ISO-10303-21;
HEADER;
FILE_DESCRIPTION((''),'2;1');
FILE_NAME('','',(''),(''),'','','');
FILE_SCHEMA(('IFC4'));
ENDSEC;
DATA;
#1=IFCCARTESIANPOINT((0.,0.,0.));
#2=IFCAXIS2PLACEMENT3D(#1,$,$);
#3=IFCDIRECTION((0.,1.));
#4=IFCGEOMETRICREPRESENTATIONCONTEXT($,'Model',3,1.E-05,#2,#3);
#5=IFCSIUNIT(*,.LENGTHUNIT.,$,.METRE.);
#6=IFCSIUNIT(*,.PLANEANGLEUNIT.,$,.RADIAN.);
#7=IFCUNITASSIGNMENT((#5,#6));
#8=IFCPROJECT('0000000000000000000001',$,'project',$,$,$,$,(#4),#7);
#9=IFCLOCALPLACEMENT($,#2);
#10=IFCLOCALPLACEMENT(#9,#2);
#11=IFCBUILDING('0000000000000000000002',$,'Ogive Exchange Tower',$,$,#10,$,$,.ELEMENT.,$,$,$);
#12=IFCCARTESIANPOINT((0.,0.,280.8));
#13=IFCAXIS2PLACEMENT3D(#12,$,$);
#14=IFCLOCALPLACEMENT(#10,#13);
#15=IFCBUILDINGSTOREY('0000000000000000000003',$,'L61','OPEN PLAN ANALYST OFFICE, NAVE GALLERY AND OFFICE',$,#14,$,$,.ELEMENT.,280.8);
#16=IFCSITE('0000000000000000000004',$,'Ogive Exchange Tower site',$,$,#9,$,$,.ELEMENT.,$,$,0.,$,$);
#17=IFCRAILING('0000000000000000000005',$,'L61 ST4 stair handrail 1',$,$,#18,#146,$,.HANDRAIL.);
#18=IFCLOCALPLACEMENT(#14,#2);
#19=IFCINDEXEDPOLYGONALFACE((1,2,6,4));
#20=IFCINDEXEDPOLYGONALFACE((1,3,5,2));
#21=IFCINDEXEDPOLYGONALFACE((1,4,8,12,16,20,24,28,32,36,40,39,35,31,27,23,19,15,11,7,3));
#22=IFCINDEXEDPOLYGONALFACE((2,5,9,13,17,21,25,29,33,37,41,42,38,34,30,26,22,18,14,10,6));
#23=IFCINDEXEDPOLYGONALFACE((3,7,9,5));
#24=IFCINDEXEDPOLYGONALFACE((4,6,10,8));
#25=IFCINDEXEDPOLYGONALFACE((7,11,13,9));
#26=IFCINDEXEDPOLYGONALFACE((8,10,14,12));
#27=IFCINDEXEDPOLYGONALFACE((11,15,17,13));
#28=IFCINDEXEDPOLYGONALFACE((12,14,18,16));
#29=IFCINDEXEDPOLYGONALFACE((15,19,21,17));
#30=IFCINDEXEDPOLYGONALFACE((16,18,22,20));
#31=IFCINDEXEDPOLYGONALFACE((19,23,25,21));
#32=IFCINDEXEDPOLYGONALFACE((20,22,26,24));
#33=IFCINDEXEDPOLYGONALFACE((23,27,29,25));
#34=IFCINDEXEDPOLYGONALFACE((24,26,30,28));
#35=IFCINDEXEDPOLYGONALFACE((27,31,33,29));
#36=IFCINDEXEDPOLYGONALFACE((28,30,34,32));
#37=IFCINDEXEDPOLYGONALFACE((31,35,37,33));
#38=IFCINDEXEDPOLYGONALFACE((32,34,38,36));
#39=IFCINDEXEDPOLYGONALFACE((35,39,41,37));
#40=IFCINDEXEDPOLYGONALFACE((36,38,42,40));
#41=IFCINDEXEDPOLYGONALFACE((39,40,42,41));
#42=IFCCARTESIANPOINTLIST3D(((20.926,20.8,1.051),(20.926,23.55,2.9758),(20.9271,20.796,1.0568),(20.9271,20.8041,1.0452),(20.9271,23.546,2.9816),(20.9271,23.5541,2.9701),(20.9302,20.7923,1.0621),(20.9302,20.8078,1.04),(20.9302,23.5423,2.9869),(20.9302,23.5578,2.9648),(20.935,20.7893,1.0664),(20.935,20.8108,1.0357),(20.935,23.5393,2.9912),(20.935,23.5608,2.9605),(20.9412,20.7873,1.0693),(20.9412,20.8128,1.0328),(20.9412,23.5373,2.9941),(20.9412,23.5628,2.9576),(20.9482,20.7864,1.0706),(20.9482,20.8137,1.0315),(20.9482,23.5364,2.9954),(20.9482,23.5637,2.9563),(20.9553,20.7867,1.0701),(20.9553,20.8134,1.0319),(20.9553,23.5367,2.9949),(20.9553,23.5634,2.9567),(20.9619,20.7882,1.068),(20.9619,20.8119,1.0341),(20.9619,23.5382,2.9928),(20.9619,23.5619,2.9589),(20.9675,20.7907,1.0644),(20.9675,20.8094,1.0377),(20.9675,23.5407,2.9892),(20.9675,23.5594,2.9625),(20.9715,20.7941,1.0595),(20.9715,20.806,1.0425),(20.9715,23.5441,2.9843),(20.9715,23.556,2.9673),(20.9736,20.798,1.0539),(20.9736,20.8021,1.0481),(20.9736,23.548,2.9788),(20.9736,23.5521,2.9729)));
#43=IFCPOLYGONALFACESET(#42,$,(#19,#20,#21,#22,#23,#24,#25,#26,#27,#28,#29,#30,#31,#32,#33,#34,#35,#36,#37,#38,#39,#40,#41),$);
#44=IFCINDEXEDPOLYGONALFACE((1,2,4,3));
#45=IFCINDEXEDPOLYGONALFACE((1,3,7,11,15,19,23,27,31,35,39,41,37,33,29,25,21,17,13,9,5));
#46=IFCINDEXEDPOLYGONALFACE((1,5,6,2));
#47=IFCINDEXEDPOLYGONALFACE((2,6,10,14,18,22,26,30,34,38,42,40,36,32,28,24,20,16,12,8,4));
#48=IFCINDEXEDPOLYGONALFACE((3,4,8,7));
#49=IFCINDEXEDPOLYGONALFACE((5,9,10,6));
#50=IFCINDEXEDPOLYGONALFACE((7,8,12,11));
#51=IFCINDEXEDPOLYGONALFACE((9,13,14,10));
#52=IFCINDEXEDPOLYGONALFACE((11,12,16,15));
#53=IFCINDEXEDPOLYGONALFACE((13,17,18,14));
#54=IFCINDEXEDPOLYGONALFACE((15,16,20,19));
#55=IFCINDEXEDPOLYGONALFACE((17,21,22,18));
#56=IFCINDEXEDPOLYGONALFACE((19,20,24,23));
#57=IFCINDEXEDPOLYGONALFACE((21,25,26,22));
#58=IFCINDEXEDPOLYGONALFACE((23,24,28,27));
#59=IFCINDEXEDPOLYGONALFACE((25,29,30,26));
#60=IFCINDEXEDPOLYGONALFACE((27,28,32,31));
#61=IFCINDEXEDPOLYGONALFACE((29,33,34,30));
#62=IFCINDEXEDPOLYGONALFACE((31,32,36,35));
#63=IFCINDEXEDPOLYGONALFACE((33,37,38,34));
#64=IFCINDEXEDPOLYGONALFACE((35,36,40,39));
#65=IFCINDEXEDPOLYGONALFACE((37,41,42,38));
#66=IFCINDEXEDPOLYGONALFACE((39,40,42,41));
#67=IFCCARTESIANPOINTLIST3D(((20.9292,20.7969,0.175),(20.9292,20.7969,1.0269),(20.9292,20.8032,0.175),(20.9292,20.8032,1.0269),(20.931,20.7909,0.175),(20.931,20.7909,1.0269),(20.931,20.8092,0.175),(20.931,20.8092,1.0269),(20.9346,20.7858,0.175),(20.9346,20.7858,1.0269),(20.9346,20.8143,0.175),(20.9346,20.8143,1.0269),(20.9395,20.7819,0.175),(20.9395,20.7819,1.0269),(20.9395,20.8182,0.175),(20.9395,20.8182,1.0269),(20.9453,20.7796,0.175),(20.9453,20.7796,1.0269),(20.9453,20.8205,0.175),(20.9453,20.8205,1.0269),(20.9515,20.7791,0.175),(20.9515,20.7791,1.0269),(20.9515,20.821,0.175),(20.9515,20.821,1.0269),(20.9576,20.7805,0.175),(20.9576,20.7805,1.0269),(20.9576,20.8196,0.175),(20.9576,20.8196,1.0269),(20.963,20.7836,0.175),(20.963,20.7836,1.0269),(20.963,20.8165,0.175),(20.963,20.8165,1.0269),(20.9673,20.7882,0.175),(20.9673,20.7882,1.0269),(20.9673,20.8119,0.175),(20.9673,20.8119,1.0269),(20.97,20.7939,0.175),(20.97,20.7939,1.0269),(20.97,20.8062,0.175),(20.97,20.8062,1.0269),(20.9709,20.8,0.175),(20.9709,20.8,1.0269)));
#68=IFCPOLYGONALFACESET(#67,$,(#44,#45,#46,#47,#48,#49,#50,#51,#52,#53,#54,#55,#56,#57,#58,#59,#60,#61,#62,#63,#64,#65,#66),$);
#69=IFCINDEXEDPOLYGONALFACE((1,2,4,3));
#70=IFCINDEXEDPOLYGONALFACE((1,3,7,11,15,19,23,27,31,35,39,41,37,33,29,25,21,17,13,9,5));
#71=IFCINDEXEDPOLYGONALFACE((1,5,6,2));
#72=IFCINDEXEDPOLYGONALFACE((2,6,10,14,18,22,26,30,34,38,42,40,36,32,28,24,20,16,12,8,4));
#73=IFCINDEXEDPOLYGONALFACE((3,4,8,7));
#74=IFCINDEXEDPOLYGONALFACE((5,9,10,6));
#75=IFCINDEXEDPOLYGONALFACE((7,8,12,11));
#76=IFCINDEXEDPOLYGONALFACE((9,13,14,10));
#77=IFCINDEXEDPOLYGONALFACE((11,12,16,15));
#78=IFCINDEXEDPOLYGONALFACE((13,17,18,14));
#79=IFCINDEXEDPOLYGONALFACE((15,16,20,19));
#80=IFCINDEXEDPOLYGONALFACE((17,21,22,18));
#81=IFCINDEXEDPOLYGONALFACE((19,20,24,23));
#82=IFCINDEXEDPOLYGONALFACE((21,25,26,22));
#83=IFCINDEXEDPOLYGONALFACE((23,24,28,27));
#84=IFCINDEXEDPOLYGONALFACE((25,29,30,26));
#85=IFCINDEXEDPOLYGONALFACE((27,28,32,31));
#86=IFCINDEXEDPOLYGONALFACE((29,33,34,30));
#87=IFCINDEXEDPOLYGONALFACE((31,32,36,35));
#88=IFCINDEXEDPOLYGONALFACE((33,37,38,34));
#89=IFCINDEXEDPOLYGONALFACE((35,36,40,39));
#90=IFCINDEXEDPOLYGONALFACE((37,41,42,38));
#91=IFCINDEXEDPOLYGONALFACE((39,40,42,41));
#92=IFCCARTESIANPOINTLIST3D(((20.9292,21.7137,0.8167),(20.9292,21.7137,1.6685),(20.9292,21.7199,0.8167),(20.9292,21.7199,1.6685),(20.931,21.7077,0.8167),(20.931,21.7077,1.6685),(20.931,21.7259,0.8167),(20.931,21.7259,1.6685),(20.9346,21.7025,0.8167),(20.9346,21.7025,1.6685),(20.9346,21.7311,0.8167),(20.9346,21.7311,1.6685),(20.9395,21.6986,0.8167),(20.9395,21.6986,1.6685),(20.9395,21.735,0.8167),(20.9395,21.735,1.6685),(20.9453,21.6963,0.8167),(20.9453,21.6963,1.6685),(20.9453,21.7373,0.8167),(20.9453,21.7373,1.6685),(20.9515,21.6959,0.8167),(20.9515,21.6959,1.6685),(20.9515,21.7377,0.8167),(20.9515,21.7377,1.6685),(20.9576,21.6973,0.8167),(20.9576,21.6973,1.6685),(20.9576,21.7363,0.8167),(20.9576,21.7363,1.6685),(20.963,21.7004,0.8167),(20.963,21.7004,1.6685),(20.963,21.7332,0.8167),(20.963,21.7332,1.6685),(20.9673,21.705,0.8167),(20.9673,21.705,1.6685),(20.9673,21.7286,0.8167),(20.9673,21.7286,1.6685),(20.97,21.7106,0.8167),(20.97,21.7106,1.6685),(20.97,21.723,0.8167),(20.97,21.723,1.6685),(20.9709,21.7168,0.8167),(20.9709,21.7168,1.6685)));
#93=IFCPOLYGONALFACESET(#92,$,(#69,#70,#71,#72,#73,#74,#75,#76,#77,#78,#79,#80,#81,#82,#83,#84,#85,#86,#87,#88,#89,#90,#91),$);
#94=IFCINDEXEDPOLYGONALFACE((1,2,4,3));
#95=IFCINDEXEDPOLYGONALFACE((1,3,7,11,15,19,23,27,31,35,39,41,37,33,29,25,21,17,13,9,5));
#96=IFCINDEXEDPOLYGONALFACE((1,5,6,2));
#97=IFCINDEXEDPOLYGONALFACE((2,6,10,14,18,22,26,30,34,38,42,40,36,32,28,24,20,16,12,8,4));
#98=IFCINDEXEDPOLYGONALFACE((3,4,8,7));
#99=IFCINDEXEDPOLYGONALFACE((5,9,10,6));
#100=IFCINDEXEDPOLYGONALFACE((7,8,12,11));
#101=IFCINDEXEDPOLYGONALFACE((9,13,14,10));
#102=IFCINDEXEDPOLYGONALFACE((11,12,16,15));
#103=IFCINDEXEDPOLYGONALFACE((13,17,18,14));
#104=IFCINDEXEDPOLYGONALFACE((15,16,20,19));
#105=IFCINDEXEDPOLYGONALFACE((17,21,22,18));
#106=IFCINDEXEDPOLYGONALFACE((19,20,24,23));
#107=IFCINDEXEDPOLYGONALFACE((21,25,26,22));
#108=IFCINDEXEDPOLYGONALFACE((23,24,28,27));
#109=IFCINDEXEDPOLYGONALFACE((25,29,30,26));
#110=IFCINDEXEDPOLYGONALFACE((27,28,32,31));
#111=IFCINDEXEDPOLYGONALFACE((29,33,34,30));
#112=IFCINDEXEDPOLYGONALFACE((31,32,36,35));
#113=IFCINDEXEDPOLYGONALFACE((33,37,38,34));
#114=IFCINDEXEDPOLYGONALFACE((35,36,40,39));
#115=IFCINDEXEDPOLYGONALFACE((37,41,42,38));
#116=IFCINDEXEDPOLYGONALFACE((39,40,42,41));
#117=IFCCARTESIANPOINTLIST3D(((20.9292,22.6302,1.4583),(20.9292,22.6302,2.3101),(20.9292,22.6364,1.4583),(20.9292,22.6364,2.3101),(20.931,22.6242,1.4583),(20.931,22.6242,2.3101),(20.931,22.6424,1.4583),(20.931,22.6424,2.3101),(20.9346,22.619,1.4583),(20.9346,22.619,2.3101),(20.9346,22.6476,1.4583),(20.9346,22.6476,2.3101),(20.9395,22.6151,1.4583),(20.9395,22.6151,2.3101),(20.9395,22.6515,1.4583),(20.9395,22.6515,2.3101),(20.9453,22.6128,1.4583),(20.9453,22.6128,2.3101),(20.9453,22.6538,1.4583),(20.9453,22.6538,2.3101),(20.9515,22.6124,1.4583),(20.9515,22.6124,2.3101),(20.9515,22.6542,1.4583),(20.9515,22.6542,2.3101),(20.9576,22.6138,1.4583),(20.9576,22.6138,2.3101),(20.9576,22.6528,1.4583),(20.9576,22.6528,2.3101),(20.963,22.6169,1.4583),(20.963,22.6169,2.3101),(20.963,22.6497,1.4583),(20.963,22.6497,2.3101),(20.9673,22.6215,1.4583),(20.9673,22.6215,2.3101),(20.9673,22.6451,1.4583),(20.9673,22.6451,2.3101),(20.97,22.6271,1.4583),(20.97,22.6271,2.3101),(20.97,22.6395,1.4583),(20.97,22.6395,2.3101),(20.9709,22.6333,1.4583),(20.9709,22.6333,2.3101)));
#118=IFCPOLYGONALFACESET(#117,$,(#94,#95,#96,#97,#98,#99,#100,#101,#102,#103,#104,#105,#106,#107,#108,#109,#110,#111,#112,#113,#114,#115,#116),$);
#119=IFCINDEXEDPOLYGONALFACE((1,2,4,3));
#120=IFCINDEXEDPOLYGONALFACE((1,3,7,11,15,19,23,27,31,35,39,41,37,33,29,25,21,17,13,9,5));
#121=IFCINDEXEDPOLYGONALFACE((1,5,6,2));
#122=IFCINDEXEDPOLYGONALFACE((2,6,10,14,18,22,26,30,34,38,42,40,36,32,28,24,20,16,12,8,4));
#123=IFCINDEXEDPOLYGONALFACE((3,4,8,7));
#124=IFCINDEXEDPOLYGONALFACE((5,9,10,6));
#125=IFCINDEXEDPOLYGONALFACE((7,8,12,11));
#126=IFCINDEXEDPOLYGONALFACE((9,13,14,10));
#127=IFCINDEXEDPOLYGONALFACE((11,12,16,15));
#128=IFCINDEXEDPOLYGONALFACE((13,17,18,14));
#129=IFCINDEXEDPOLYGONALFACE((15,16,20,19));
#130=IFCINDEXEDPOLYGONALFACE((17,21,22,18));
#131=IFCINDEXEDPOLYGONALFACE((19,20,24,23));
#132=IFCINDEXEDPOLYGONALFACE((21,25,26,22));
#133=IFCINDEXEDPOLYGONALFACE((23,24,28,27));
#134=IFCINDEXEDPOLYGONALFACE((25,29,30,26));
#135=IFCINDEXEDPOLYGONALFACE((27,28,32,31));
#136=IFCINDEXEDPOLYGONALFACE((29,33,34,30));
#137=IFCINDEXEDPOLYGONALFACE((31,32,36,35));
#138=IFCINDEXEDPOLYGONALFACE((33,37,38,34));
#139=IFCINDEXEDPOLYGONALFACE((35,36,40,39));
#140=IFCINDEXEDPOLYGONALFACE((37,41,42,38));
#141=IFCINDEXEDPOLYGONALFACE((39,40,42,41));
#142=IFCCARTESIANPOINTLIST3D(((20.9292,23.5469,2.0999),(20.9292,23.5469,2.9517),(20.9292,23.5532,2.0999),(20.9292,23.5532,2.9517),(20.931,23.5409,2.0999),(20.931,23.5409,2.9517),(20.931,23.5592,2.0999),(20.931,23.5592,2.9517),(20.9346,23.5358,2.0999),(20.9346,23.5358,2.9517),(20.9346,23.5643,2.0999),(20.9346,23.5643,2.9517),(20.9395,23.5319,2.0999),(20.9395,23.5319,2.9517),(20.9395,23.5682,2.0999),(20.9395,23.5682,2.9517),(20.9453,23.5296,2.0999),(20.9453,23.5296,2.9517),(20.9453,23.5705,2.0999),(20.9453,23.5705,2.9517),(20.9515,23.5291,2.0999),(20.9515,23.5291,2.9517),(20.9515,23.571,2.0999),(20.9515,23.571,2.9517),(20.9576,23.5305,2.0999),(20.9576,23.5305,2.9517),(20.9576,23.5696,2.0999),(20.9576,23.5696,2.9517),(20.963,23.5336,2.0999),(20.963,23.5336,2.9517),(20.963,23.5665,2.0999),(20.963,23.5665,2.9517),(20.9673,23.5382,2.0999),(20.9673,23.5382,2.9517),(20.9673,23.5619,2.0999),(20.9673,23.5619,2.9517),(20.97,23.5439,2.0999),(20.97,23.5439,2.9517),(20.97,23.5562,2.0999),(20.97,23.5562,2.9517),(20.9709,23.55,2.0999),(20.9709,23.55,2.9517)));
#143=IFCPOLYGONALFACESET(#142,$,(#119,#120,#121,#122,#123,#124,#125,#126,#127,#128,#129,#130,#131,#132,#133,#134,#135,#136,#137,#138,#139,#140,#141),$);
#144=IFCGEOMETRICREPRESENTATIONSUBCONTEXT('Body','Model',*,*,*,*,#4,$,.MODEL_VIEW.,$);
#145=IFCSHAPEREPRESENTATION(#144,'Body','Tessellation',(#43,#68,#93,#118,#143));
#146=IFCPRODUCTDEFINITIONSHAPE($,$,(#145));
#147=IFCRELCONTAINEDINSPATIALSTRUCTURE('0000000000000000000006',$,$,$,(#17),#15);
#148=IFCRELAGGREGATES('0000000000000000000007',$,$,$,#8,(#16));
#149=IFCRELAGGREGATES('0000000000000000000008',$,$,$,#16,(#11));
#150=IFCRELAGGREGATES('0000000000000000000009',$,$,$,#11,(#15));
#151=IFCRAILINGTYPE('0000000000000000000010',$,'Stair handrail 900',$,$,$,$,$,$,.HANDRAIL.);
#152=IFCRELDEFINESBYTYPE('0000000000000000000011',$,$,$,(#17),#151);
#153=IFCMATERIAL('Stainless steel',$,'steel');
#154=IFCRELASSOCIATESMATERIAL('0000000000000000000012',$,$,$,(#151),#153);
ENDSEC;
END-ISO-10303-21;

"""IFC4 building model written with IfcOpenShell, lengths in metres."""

from ifc_helpers import new_model, si_unit, direction, frame, origin, origin_2d, place, context, subcontext, project, spatial, circle, extrude, material, type_object, element, save


model = new_model("IFC4")

# Units and contexts
model_context = context("Model", 3, precision=1e-05, world=origin(), true_north=direction((0.0, 1.0)))
body_context = subcontext(model_context, "Body", "Model", "MODEL_VIEW")
ifc_project = project(units=[si_unit("LENGTHUNIT", "METRE"), si_unit("PLANEANGLEUNIT", "RADIAN")], contexts=[model_context])

# Site, building, storey
site_placement = place(None, origin())
site = spatial("IfcSite", under=ifc_project, at=site_placement, Name="Ogive Exchange Tower site", CompositionType="ELEMENT", RefElevation=0.0)
building_placement = place(site_placement, origin())
building = spatial("IfcBuilding", under=site, at=building_placement, Name="Ogive Exchange Tower", CompositionType="ELEMENT")
storey_placement = place(building_placement, frame((0.0, 0.0, 280.8)))
storey = spatial("IfcBuildingStorey", under=building, at=storey_placement, Name="L61", Description="OPEN PLAN ANALYST OFFICE, NAVE GALLERY AND OFFICE", CompositionType="ELEMENT", Elevation=280.8)

# Railing
ifc_material_1 = material(Name="Stainless steel", Category="steel")
railing_type = type_object("IfcRailingType", Name="Stair handrail 900", PredefinedType="HANDRAIL", material=ifc_material_1)
railing_placement = place(storey_placement, frame((20.95, 20.8, 0.175)))
element("IfcRailing", 1, at=railing_placement, inside=storey, type_object=railing_type, Name="L61 ST4 stair handrail 1", PredefinedType="HANDRAIL", context=body_context, shape_type="SweptSolid", body=[
    extrude(circle(Radius=0.0239, at=origin_2d()), frame((0.0, 0.0, 0.876), z_axis=(0.0, 0.819259, 0.573423), x_axis=(-1.0, 0.0, 0.0)), (0.0, 0.0, 1.0), 3.3567),
    extrude(circle(Radius=0.021, at=origin_2d()), origin(), (0.0, 0.0, 1.0), 0.8518),
    extrude(circle(Radius=0.021, at=origin_2d()), frame((0.0, 0.9167, 0.6416)), (0.0, 0.0, 1.0), 0.8518),
    extrude(circle(Radius=0.021, at=origin_2d()), frame((0.0, 1.8333, 1.2832)), (0.0, 0.0, 1.0), 0.8518),
    extrude(circle(Radius=0.021, at=origin_2d()), frame((0.0, 2.75, 1.9248)), (0.0, 0.0, 1.0), 0.8518),
])

save(model, "model.ifc")
